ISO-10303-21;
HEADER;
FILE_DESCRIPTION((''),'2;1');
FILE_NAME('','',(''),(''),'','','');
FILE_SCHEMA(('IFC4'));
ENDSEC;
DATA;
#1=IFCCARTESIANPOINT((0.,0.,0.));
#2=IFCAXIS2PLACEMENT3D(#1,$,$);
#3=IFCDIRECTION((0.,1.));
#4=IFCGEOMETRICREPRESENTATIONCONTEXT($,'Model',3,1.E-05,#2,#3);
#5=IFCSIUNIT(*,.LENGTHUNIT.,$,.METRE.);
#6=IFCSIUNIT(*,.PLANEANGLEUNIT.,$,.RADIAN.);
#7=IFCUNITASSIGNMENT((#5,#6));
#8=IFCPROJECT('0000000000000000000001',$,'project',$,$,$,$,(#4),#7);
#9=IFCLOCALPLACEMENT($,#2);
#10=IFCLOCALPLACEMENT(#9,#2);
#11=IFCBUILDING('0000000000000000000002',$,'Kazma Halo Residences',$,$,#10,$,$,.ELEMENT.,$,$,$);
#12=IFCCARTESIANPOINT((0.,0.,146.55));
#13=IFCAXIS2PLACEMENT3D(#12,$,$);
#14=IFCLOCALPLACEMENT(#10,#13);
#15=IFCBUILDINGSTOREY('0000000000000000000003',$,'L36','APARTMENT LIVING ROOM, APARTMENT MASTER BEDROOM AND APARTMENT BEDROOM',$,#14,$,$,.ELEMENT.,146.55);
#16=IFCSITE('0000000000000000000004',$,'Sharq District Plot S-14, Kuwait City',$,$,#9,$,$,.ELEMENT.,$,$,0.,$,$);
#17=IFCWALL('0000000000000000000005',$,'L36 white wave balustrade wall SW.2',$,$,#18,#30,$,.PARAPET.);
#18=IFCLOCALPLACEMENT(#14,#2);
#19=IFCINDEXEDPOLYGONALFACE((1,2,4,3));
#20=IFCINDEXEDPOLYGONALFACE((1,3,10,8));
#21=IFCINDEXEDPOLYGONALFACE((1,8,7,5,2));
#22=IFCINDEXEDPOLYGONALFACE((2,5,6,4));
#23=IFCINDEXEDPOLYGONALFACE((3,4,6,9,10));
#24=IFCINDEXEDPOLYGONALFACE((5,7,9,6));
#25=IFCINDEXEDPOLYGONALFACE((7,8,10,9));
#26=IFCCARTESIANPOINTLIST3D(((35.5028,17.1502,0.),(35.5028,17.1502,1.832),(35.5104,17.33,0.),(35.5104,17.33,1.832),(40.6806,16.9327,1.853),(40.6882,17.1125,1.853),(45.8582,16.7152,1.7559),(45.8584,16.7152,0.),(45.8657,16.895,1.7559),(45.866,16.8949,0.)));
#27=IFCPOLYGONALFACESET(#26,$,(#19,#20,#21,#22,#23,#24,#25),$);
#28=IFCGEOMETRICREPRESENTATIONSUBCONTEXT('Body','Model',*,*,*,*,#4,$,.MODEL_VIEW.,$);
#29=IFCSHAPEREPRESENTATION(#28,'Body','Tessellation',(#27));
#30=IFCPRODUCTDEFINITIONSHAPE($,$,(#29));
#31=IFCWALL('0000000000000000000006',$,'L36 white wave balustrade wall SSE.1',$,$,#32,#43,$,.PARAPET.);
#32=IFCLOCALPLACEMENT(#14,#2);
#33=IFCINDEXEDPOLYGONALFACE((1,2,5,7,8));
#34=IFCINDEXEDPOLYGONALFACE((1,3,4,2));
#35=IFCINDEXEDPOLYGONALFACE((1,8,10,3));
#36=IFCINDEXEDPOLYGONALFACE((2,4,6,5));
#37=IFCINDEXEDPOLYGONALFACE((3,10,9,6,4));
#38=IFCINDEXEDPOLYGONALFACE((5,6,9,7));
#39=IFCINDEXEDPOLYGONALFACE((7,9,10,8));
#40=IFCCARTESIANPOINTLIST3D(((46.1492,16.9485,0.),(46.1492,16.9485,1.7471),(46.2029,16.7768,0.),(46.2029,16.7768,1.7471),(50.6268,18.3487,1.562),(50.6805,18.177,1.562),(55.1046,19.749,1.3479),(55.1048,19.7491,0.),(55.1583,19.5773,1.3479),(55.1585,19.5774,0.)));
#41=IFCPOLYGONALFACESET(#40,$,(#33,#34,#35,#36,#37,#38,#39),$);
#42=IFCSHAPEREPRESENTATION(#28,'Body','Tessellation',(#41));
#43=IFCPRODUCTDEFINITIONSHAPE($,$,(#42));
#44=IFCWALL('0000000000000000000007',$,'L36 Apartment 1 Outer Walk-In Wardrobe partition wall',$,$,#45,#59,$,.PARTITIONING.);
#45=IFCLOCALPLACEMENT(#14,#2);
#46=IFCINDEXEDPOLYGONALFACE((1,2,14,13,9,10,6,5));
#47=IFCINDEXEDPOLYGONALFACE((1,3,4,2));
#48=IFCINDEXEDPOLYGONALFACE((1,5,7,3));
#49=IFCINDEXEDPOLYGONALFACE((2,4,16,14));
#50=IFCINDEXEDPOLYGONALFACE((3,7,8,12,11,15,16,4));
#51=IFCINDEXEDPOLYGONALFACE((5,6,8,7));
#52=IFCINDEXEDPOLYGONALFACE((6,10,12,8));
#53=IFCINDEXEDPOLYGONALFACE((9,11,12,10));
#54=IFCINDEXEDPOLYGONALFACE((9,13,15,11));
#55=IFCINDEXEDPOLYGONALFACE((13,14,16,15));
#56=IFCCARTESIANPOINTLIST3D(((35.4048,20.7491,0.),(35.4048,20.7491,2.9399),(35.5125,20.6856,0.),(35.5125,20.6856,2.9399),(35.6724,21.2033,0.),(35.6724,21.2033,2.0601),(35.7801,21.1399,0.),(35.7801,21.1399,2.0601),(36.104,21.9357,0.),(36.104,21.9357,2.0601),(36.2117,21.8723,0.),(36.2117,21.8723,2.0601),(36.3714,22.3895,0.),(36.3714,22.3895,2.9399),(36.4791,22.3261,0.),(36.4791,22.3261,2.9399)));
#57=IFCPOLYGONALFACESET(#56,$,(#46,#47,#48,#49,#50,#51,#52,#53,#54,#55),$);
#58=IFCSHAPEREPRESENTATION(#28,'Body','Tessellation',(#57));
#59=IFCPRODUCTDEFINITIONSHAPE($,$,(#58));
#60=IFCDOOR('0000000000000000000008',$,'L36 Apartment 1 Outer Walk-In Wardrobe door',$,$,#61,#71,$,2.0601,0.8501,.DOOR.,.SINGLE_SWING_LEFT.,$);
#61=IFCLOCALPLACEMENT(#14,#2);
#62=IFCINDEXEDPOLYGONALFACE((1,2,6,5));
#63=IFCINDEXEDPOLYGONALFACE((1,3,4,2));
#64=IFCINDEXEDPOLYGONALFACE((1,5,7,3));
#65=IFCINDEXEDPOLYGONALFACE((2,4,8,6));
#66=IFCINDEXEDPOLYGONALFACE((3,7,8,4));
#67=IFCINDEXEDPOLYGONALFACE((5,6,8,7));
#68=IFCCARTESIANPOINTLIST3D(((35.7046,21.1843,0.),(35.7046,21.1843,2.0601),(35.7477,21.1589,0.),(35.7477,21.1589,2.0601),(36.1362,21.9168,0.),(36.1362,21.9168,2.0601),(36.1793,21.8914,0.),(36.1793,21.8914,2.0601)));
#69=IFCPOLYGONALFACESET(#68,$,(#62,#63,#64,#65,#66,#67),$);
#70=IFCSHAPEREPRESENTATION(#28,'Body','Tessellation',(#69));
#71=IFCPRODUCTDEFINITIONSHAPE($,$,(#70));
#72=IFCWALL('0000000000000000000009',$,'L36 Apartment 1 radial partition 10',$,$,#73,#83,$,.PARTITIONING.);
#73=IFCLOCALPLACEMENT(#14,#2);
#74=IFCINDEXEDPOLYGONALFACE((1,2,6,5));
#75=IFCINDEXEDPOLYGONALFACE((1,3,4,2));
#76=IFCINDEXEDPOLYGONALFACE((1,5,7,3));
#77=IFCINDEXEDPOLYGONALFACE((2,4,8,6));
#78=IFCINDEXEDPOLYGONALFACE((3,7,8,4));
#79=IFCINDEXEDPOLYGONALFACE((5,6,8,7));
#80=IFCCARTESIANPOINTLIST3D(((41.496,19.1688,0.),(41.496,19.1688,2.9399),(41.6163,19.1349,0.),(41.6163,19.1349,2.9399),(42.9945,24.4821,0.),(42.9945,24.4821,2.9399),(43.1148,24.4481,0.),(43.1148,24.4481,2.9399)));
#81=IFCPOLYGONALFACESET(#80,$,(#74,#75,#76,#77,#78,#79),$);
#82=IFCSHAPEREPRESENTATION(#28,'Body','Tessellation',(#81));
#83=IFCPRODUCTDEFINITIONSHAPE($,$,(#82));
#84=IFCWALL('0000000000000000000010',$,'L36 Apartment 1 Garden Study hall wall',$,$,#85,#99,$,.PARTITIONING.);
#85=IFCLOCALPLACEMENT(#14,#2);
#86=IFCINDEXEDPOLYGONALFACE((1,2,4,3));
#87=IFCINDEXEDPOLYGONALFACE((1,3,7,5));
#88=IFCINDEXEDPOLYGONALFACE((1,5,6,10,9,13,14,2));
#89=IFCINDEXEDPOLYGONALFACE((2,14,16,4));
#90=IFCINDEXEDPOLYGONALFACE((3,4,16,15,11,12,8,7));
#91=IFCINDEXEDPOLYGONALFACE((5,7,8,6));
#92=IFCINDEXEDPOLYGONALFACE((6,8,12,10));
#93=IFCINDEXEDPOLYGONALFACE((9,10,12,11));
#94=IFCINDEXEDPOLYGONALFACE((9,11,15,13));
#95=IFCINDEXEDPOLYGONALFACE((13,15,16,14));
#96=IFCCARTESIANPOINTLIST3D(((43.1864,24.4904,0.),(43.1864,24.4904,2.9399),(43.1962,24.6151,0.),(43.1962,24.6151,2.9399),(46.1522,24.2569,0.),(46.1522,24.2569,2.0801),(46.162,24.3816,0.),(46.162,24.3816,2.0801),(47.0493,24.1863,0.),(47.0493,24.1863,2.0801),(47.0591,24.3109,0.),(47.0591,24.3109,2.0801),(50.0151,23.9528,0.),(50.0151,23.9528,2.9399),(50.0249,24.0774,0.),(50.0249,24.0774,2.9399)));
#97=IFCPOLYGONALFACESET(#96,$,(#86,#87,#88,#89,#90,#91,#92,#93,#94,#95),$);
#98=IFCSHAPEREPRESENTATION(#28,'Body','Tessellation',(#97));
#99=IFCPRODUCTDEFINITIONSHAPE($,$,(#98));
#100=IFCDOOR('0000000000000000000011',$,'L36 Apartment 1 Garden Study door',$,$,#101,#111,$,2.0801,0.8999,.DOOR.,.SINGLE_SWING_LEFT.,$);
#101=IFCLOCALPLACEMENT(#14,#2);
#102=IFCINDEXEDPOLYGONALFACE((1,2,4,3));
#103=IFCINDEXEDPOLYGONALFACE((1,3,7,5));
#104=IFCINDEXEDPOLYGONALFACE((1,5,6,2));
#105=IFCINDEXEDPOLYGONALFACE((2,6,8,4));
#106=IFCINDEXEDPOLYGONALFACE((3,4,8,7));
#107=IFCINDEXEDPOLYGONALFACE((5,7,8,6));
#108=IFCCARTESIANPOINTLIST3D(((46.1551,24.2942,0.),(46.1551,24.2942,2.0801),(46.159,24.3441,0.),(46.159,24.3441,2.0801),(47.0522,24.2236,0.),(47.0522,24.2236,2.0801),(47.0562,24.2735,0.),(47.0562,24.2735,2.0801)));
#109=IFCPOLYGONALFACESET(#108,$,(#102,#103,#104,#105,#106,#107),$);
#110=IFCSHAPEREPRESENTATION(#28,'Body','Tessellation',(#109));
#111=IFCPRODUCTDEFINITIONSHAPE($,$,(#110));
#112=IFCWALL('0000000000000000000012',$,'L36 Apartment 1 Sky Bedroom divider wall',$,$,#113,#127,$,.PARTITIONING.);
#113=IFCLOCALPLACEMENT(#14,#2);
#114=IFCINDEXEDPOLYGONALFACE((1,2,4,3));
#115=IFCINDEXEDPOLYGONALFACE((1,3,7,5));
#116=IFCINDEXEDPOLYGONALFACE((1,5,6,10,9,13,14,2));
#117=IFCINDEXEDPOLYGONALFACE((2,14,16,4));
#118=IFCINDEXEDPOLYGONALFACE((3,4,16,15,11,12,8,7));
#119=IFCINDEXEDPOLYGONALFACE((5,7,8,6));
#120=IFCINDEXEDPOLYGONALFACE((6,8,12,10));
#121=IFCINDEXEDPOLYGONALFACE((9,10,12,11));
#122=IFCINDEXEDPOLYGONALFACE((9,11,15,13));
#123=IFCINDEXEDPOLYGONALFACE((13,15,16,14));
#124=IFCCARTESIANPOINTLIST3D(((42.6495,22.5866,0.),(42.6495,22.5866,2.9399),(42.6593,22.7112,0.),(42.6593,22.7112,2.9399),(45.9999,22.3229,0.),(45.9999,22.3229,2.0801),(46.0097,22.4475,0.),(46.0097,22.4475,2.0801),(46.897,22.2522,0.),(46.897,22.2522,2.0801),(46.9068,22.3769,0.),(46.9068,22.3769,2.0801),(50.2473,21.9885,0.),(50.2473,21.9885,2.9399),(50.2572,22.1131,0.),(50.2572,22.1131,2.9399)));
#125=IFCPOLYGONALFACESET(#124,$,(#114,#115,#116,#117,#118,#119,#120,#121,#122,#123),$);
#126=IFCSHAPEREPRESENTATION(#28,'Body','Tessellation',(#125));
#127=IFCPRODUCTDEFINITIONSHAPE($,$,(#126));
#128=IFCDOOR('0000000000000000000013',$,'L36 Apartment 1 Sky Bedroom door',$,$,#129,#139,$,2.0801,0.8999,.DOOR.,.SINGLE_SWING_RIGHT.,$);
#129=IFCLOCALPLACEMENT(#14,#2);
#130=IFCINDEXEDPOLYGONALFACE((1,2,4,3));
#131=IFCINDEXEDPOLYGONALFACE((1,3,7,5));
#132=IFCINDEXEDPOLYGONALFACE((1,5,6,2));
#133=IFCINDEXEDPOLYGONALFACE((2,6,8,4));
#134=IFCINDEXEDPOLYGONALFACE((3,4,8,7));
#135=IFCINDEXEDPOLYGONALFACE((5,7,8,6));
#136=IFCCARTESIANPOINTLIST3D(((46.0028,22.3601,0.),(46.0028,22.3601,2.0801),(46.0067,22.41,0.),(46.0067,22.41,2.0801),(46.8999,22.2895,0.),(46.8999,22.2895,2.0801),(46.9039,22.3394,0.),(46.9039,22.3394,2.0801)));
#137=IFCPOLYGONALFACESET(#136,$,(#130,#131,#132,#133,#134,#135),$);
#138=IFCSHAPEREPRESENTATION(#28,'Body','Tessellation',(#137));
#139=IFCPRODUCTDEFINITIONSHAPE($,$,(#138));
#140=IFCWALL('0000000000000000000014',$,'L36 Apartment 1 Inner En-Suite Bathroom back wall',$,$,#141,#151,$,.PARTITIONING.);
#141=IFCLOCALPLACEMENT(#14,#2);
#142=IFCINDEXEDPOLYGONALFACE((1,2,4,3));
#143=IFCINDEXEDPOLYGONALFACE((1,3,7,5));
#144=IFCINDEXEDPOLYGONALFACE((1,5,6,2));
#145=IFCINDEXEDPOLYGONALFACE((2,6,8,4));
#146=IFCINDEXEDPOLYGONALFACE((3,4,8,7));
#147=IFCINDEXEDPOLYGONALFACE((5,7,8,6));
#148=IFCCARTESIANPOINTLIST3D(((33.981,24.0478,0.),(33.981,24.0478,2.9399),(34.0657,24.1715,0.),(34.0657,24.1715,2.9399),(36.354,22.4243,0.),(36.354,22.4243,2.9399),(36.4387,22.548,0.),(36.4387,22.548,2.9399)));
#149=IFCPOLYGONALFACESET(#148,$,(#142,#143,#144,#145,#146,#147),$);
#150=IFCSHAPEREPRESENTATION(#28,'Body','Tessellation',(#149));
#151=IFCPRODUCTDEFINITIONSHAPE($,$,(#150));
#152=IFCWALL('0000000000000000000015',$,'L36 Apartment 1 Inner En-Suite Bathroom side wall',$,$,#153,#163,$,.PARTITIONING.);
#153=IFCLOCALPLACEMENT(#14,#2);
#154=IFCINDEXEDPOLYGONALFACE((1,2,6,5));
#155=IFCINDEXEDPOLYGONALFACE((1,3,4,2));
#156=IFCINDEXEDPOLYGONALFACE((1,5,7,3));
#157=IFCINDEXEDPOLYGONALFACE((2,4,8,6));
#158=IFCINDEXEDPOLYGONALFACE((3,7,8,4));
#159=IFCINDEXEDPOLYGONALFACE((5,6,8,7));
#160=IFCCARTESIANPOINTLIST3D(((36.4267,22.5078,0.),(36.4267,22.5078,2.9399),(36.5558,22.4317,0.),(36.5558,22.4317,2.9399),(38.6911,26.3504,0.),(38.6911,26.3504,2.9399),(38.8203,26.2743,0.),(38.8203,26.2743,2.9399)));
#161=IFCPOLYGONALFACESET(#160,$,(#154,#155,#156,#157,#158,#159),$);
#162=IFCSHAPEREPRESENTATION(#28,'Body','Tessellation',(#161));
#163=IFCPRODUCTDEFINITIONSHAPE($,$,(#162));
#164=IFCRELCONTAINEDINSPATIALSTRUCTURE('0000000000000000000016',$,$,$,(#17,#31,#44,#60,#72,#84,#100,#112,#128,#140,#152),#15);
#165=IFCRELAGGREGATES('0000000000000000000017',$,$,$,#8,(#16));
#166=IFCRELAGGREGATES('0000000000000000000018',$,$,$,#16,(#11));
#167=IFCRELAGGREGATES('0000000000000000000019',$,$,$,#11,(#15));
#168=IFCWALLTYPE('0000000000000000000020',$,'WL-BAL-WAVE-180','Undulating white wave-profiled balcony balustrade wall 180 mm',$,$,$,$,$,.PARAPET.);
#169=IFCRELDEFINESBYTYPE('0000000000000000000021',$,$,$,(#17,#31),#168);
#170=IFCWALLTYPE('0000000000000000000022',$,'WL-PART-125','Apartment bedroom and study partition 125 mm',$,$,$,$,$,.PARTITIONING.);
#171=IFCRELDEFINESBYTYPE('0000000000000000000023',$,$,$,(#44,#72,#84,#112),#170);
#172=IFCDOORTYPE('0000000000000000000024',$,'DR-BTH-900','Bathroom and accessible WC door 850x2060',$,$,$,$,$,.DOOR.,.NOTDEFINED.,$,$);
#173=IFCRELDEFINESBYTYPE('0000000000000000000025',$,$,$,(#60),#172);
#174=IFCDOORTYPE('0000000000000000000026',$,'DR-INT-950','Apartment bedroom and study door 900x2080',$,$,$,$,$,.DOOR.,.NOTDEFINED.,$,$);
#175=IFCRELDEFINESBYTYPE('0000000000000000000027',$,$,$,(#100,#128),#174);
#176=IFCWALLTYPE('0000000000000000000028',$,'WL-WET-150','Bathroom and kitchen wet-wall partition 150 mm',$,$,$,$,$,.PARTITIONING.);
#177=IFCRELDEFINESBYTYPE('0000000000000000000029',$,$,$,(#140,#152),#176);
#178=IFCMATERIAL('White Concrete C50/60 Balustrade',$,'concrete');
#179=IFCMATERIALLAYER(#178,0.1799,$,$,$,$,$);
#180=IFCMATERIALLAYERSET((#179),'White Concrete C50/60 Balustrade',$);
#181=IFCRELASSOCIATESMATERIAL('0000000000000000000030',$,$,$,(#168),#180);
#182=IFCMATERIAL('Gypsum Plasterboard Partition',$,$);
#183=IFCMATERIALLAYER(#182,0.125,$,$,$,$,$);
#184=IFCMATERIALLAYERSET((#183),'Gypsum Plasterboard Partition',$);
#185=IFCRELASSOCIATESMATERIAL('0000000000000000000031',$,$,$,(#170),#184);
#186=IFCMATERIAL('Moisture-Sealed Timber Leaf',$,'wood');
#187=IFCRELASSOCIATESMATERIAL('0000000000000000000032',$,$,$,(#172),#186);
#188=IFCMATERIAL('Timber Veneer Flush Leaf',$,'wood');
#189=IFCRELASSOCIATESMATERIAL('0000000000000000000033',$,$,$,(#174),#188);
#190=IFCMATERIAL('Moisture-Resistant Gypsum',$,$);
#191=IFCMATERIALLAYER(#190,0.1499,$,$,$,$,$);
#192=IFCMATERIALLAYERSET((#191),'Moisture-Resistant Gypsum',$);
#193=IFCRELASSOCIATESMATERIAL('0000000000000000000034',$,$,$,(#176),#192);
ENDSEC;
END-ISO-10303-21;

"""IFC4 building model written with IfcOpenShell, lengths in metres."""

from ifc_helpers import new_model, si_unit, direction, frame, frame_2d, origin, place, context, subcontext, project, spatial, polyline, rectangle, outline, extrude, material, layer, layer_set, type_object, element, fill, save


model = new_model("IFC4")

# Units and contexts
model_context = context("Model", 3, precision=1e-05, world=origin(), true_north=direction((0.0, 1.0)))
body_context = subcontext(model_context, "Body", "Model", "MODEL_VIEW")
ifc_project = project(units=[si_unit("LENGTHUNIT", "METRE"), si_unit("PLANEANGLEUNIT", "RADIAN")], contexts=[model_context])

# Site, building, storey
site_placement = place(None, origin())
site = spatial("IfcSite", under=ifc_project, at=site_placement, Name="Sharq District Plot S-14, Kuwait City", CompositionType="ELEMENT", RefElevation=0.0)
building_placement = place(site_placement, origin())
building = spatial("IfcBuilding", under=site, at=building_placement, Name="Kazma Halo Residences", CompositionType="ELEMENT")
storey_placement = place(building_placement, frame((0.0, 0.0, 146.55)))
storey = spatial("IfcBuildingStorey", under=building, at=storey_placement, Name="L36", Description="APARTMENT LIVING ROOM, APARTMENT MASTER BEDROOM AND APARTMENT BEDROOM", CompositionType="ELEMENT", Elevation=146.55)

# Walls
ifc_material_1 = material(Name="White Concrete C50/60 Balustrade", Category="concrete")
ifc_layer_1 = layer(ifc_material_1, 0.1799)
ifc_layer_set_1 = layer_set([ifc_layer_1], Name="White Concrete C50/60 Balustrade")
wall_type_1 = type_object("IfcWallType", Name="WL-BAL-WAVE-180", Description="Undulating white wave-profiled balcony balustrade wall 180 mm", PredefinedType="PARAPET", material=ifc_layer_set_1)
wall_1_placement = place(storey_placement, frame((35.5066, 17.2402, 0.0), z_axis=(0.0, 0.0, 1.0), x_axis=(0.999119, -0.041974, 0.0)))
element("IfcWall", 1, at=wall_1_placement, inside=storey, type_object=wall_type_1, Name="L36 white wave balustrade wall SW.2", PredefinedType="PARAPET", context=body_context, shape_type="SweptSolid", body=[
    extrude(outline(polyline([(0.0, 0.0), (10.3647, 0.0), (10.3645, 1.7559), (5.1824, 1.853), (0.0, 1.832), (0.0, 0.0)])), frame((0.0, 0.0898, 0.0), z_axis=(0.0, -1.0, 0.0), x_axis=(1.0, 0.0, 0.0)), (0.0, 0.0, 1.0), 0.1799),
])
wall_2_placement = place(storey_placement, frame((46.176, 16.8628, 0.0), z_axis=(0.0, 0.0, 1.0), x_axis=(0.954422, 0.298462, 0.0)))
element("IfcWall", 2, at=wall_2_placement, inside=storey, type_object=wall_type_1, Name="L36 white wave balustrade wall SSE.1", PredefinedType="PARAPET", context=body_context, shape_type="SweptSolid", body=[
    extrude(outline(polyline([(0.0, 0.0), (9.3833, 0.0), (9.3831, 1.3479), (4.6914, 1.562), (0.0, 1.7471), (0.0, 0.0)])), frame((0.0, 0.0898, 0.0), z_axis=(0.0, -1.0, 0.0), x_axis=(1.0, 0.0, 0.0)), (0.0, 0.0, 1.0), 0.1799),
])

# Wall, opening, door
ifc_material_2 = material(Name="Gypsum Plasterboard Partition")
ifc_layer_2 = layer(ifc_material_2, 0.125)
ifc_layer_set_2 = layer_set([ifc_layer_2], Name="Gypsum Plasterboard Partition")
wall_type_2 = type_object("IfcWallType", Name="WL-PART-125", Description="Apartment bedroom and study partition 125 mm", PredefinedType="PARTITIONING", material=ifc_layer_set_2)
wall_3_placement = place(storey_placement, frame((36.4253, 22.3579, 0.0), z_axis=(0.0, 0.0, 1.0), x_axis=(-0.507653, -0.861561, 0.0)))
wall_3 = element("IfcWall", 3, at=wall_3_placement, inside=storey, type_object=wall_type_2, Name="L36 Apartment 1 Outer Walk-In Wardrobe partition wall", PredefinedType="PARTITIONING", context=body_context, shape_type="SweptSolid", body=[
    extrude(rectangle(XDim=1.9041, YDim=0.125, at=frame_2d((0.9521, 0.0))), origin(), (0.0, 0.0, 1.0), 2.9399),
])
opening_1_placement = place(wall_3_placement, frame((0.5269, 0.0, 0.0)))
opening_1 = element("IfcOpeningElement", 4, at=opening_1_placement, cuts=wall_3, PredefinedType="OPENING", context=body_context, shape_type="SweptSolid", body=[
    extrude(rectangle(XDim=0.8501, YDim=2.0601, at=frame_2d((0.425, 1.03))), frame((0.0, 0.0725, 0.0), z_axis=(0.0, -1.0, 0.0), x_axis=(1.0, 0.0, 0.0)), (0.0, 0.0, 1.0), 0.145),
])
ifc_material_3 = material(Name="Moisture-Sealed Timber Leaf", Category="wood")
door_type_1 = type_object("IfcDoorType", Name="DR-BTH-900", Description="Bathroom and accessible WC door 850x2060", OperationType="NOTDEFINED", PredefinedType="DOOR", material=ifc_material_3)
door_1_placement = place(opening_1_placement, origin())
door_1 = element("IfcDoor", 5, at=door_1_placement, inside=storey, type_object=door_type_1, Name="L36 Apartment 1 Outer Walk-In Wardrobe door", OperationType="SINGLE_SWING_LEFT", OverallHeight=2.0601, OverallWidth=0.8501, PredefinedType="DOOR", context=body_context, shape_type="SweptSolid", body=[
    extrude(rectangle(XDim=0.8501, YDim=2.0601, at=frame_2d((0.425, 1.03))), frame((0.0, 0.0249, 0.0), z_axis=(0.0, -1.0, 0.0), x_axis=(1.0, 0.0, 0.0)), (0.0, 0.0, 1.0), 0.05),
])
fill(opening_1, door_1)

# Wall
wall_4_placement = place(storey_placement, frame((43.0547, 24.4651, 0.0), z_axis=(0.0, 0.0, 1.0), x_axis=(-0.271449, -0.962453, 0.0)))
element("IfcWall", 6, at=wall_4_placement, inside=storey, type_object=wall_type_2, Name="L36 Apartment 1 radial partition 10", PredefinedType="PARTITIONING", context=body_context, shape_type="SweptSolid", body=[
    extrude(rectangle(XDim=5.5205, YDim=0.125, at=frame_2d((2.7603, 0.0))), origin(), (0.0, 0.0, 1.0), 2.9399),
])

# Walls, openings, doors
wall_5_placement = place(storey_placement, frame((43.1914, 24.5527, 0.0), z_axis=(0.0, 0.0, 1.0), x_axis=(0.996915, -0.078484, 0.0)))
wall_5 = element("IfcWall", 7, at=wall_5_placement, inside=storey, type_object=wall_type_2, Name="L36 Apartment 1 Garden Study hall wall", PredefinedType="PARTITIONING", context=body_context, shape_type="SweptSolid", body=[
    extrude(rectangle(XDim=6.8499, YDim=0.125, at=frame_2d((3.4248, 0.0))), origin(), (0.0, 0.0, 1.0), 2.9399),
])
opening_2_placement = place(wall_5_placement, frame((2.9749, 0.0, 0.0)))
opening_2 = element("IfcOpeningElement", 8, at=opening_2_placement, cuts=wall_5, PredefinedType="OPENING", context=body_context, shape_type="SweptSolid", body=[
    extrude(rectangle(XDim=0.8999, YDim=2.0801, at=frame_2d((0.45, 1.04))), frame((0.0, 0.0725, 0.0), z_axis=(0.0, -1.0, 0.0), x_axis=(1.0, 0.0, 0.0)), (0.0, 0.0, 1.0), 0.145),
])
ifc_material_4 = material(Name="Timber Veneer Flush Leaf", Category="wood")
door_type_2 = type_object("IfcDoorType", Name="DR-INT-950", Description="Apartment bedroom and study door 900x2080", OperationType="NOTDEFINED", PredefinedType="DOOR", material=ifc_material_4)
door_2_placement = place(opening_2_placement, origin())
door_2 = element("IfcDoor", 9, at=door_2_placement, inside=storey, type_object=door_type_2, Name="L36 Apartment 1 Garden Study door", OperationType="SINGLE_SWING_LEFT", OverallHeight=2.0801, OverallWidth=0.8999, PredefinedType="DOOR", context=body_context, shape_type="SweptSolid", body=[
    extrude(rectangle(XDim=0.8999, YDim=2.0801, at=frame_2d((0.45, 1.04))), frame((0.0, 0.0249, 0.0), z_axis=(0.0, -1.0, 0.0), x_axis=(1.0, 0.0, 0.0)), (0.0, 0.0, 1.0), 0.05),
])
fill(opening_2, door_2)
wall_6_placement = place(storey_placement, frame((42.6545, 22.6489, 0.0), z_axis=(0.0, 0.0, 1.0), x_axis=(0.996916, -0.078482, 0.0)))
wall_6 = element("IfcWall", 10, at=wall_6_placement, inside=storey, type_object=wall_type_2, Name="L36 Apartment 1 Sky Bedroom divider wall", PredefinedType="PARTITIONING", context=body_context, shape_type="SweptSolid", body=[
    extrude(rectangle(XDim=7.6213, YDim=0.125, at=frame_2d((3.8105, 0.0))), origin(), (0.0, 0.0, 1.0), 2.9399),
])
opening_3_placement = place(wall_6_placement, frame((3.3606, 0.0, 0.0)))
opening_3 = element("IfcOpeningElement", 11, at=opening_3_placement, cuts=wall_6, PredefinedType="OPENING", context=body_context, shape_type="SweptSolid", body=[
    extrude(rectangle(XDim=0.8999, YDim=2.0801, at=frame_2d((0.45, 1.04))), frame((0.0, 0.0725, 0.0), z_axis=(0.0, -1.0, 0.0), x_axis=(1.0, 0.0, 0.0)), (0.0, 0.0, 1.0), 0.145),
])
door_3_placement = place(opening_3_placement, origin())
door_3 = element("IfcDoor", 12, at=door_3_placement, inside=storey, type_object=door_type_2, Name="L36 Apartment 1 Sky Bedroom door", OperationType="SINGLE_SWING_RIGHT", OverallHeight=2.0801, OverallWidth=0.8999, PredefinedType="DOOR", context=body_context, shape_type="SweptSolid", body=[
    extrude(rectangle(XDim=0.8999, YDim=2.0801, at=frame_2d((0.45, 1.04))), frame((0.0, 0.0249, 0.0), z_axis=(0.0, -1.0, 0.0), x_axis=(1.0, 0.0, 0.0)), (0.0, 0.0, 1.0), 0.05),
])
fill(opening_3, door_3)

# Walls
ifc_material_5 = material(Name="Moisture-Resistant Gypsum")
ifc_layer_3 = layer(ifc_material_5, 0.1499)
ifc_layer_set_3 = layer_set([ifc_layer_3], Name="Moisture-Resistant Gypsum")
wall_type_3 = type_object("IfcWallType", Name="WL-WET-150", Description="Bathroom and kitchen wet-wall partition 150 mm", PredefinedType="PARTITIONING", material=ifc_layer_set_3)
wall_7_placement = place(storey_placement, frame((34.0234, 24.1096, 0.0), z_axis=(0.0, 0.0, 1.0), x_axis=(0.825328, -0.564653, 0.0)))
element("IfcWall", 13, at=wall_7_placement, inside=storey, type_object=wall_type_3, Name="L36 Apartment 1 Inner En-Suite Bathroom back wall", PredefinedType="PARTITIONING", context=body_context, shape_type="SweptSolid", body=[
    extrude(rectangle(XDim=2.8752, YDim=0.1499, at=frame_2d((1.4375, 0.0))), origin(), (0.0, 0.0, 1.0), 2.9399),
])
wall_8_placement = place(storey_placement, frame((38.7556, 26.3123, 0.0), z_axis=(0.0, 0.0, 1.0), x_axis=(-0.507702, -0.861533, 0.0)))
element("IfcWall", 14, at=wall_8_placement, inside=storey, type_object=wall_type_3, Name="L36 Apartment 1 Inner En-Suite Bathroom side wall", PredefinedType="PARTITIONING", context=body_context, shape_type="SweptSolid", body=[
    extrude(rectangle(XDim=4.4602, YDim=0.1499, at=frame_2d((2.23, 0.0))), origin(), (0.0, 0.0, 1.0), 2.9399),
])

save(model, "model.ifc")
